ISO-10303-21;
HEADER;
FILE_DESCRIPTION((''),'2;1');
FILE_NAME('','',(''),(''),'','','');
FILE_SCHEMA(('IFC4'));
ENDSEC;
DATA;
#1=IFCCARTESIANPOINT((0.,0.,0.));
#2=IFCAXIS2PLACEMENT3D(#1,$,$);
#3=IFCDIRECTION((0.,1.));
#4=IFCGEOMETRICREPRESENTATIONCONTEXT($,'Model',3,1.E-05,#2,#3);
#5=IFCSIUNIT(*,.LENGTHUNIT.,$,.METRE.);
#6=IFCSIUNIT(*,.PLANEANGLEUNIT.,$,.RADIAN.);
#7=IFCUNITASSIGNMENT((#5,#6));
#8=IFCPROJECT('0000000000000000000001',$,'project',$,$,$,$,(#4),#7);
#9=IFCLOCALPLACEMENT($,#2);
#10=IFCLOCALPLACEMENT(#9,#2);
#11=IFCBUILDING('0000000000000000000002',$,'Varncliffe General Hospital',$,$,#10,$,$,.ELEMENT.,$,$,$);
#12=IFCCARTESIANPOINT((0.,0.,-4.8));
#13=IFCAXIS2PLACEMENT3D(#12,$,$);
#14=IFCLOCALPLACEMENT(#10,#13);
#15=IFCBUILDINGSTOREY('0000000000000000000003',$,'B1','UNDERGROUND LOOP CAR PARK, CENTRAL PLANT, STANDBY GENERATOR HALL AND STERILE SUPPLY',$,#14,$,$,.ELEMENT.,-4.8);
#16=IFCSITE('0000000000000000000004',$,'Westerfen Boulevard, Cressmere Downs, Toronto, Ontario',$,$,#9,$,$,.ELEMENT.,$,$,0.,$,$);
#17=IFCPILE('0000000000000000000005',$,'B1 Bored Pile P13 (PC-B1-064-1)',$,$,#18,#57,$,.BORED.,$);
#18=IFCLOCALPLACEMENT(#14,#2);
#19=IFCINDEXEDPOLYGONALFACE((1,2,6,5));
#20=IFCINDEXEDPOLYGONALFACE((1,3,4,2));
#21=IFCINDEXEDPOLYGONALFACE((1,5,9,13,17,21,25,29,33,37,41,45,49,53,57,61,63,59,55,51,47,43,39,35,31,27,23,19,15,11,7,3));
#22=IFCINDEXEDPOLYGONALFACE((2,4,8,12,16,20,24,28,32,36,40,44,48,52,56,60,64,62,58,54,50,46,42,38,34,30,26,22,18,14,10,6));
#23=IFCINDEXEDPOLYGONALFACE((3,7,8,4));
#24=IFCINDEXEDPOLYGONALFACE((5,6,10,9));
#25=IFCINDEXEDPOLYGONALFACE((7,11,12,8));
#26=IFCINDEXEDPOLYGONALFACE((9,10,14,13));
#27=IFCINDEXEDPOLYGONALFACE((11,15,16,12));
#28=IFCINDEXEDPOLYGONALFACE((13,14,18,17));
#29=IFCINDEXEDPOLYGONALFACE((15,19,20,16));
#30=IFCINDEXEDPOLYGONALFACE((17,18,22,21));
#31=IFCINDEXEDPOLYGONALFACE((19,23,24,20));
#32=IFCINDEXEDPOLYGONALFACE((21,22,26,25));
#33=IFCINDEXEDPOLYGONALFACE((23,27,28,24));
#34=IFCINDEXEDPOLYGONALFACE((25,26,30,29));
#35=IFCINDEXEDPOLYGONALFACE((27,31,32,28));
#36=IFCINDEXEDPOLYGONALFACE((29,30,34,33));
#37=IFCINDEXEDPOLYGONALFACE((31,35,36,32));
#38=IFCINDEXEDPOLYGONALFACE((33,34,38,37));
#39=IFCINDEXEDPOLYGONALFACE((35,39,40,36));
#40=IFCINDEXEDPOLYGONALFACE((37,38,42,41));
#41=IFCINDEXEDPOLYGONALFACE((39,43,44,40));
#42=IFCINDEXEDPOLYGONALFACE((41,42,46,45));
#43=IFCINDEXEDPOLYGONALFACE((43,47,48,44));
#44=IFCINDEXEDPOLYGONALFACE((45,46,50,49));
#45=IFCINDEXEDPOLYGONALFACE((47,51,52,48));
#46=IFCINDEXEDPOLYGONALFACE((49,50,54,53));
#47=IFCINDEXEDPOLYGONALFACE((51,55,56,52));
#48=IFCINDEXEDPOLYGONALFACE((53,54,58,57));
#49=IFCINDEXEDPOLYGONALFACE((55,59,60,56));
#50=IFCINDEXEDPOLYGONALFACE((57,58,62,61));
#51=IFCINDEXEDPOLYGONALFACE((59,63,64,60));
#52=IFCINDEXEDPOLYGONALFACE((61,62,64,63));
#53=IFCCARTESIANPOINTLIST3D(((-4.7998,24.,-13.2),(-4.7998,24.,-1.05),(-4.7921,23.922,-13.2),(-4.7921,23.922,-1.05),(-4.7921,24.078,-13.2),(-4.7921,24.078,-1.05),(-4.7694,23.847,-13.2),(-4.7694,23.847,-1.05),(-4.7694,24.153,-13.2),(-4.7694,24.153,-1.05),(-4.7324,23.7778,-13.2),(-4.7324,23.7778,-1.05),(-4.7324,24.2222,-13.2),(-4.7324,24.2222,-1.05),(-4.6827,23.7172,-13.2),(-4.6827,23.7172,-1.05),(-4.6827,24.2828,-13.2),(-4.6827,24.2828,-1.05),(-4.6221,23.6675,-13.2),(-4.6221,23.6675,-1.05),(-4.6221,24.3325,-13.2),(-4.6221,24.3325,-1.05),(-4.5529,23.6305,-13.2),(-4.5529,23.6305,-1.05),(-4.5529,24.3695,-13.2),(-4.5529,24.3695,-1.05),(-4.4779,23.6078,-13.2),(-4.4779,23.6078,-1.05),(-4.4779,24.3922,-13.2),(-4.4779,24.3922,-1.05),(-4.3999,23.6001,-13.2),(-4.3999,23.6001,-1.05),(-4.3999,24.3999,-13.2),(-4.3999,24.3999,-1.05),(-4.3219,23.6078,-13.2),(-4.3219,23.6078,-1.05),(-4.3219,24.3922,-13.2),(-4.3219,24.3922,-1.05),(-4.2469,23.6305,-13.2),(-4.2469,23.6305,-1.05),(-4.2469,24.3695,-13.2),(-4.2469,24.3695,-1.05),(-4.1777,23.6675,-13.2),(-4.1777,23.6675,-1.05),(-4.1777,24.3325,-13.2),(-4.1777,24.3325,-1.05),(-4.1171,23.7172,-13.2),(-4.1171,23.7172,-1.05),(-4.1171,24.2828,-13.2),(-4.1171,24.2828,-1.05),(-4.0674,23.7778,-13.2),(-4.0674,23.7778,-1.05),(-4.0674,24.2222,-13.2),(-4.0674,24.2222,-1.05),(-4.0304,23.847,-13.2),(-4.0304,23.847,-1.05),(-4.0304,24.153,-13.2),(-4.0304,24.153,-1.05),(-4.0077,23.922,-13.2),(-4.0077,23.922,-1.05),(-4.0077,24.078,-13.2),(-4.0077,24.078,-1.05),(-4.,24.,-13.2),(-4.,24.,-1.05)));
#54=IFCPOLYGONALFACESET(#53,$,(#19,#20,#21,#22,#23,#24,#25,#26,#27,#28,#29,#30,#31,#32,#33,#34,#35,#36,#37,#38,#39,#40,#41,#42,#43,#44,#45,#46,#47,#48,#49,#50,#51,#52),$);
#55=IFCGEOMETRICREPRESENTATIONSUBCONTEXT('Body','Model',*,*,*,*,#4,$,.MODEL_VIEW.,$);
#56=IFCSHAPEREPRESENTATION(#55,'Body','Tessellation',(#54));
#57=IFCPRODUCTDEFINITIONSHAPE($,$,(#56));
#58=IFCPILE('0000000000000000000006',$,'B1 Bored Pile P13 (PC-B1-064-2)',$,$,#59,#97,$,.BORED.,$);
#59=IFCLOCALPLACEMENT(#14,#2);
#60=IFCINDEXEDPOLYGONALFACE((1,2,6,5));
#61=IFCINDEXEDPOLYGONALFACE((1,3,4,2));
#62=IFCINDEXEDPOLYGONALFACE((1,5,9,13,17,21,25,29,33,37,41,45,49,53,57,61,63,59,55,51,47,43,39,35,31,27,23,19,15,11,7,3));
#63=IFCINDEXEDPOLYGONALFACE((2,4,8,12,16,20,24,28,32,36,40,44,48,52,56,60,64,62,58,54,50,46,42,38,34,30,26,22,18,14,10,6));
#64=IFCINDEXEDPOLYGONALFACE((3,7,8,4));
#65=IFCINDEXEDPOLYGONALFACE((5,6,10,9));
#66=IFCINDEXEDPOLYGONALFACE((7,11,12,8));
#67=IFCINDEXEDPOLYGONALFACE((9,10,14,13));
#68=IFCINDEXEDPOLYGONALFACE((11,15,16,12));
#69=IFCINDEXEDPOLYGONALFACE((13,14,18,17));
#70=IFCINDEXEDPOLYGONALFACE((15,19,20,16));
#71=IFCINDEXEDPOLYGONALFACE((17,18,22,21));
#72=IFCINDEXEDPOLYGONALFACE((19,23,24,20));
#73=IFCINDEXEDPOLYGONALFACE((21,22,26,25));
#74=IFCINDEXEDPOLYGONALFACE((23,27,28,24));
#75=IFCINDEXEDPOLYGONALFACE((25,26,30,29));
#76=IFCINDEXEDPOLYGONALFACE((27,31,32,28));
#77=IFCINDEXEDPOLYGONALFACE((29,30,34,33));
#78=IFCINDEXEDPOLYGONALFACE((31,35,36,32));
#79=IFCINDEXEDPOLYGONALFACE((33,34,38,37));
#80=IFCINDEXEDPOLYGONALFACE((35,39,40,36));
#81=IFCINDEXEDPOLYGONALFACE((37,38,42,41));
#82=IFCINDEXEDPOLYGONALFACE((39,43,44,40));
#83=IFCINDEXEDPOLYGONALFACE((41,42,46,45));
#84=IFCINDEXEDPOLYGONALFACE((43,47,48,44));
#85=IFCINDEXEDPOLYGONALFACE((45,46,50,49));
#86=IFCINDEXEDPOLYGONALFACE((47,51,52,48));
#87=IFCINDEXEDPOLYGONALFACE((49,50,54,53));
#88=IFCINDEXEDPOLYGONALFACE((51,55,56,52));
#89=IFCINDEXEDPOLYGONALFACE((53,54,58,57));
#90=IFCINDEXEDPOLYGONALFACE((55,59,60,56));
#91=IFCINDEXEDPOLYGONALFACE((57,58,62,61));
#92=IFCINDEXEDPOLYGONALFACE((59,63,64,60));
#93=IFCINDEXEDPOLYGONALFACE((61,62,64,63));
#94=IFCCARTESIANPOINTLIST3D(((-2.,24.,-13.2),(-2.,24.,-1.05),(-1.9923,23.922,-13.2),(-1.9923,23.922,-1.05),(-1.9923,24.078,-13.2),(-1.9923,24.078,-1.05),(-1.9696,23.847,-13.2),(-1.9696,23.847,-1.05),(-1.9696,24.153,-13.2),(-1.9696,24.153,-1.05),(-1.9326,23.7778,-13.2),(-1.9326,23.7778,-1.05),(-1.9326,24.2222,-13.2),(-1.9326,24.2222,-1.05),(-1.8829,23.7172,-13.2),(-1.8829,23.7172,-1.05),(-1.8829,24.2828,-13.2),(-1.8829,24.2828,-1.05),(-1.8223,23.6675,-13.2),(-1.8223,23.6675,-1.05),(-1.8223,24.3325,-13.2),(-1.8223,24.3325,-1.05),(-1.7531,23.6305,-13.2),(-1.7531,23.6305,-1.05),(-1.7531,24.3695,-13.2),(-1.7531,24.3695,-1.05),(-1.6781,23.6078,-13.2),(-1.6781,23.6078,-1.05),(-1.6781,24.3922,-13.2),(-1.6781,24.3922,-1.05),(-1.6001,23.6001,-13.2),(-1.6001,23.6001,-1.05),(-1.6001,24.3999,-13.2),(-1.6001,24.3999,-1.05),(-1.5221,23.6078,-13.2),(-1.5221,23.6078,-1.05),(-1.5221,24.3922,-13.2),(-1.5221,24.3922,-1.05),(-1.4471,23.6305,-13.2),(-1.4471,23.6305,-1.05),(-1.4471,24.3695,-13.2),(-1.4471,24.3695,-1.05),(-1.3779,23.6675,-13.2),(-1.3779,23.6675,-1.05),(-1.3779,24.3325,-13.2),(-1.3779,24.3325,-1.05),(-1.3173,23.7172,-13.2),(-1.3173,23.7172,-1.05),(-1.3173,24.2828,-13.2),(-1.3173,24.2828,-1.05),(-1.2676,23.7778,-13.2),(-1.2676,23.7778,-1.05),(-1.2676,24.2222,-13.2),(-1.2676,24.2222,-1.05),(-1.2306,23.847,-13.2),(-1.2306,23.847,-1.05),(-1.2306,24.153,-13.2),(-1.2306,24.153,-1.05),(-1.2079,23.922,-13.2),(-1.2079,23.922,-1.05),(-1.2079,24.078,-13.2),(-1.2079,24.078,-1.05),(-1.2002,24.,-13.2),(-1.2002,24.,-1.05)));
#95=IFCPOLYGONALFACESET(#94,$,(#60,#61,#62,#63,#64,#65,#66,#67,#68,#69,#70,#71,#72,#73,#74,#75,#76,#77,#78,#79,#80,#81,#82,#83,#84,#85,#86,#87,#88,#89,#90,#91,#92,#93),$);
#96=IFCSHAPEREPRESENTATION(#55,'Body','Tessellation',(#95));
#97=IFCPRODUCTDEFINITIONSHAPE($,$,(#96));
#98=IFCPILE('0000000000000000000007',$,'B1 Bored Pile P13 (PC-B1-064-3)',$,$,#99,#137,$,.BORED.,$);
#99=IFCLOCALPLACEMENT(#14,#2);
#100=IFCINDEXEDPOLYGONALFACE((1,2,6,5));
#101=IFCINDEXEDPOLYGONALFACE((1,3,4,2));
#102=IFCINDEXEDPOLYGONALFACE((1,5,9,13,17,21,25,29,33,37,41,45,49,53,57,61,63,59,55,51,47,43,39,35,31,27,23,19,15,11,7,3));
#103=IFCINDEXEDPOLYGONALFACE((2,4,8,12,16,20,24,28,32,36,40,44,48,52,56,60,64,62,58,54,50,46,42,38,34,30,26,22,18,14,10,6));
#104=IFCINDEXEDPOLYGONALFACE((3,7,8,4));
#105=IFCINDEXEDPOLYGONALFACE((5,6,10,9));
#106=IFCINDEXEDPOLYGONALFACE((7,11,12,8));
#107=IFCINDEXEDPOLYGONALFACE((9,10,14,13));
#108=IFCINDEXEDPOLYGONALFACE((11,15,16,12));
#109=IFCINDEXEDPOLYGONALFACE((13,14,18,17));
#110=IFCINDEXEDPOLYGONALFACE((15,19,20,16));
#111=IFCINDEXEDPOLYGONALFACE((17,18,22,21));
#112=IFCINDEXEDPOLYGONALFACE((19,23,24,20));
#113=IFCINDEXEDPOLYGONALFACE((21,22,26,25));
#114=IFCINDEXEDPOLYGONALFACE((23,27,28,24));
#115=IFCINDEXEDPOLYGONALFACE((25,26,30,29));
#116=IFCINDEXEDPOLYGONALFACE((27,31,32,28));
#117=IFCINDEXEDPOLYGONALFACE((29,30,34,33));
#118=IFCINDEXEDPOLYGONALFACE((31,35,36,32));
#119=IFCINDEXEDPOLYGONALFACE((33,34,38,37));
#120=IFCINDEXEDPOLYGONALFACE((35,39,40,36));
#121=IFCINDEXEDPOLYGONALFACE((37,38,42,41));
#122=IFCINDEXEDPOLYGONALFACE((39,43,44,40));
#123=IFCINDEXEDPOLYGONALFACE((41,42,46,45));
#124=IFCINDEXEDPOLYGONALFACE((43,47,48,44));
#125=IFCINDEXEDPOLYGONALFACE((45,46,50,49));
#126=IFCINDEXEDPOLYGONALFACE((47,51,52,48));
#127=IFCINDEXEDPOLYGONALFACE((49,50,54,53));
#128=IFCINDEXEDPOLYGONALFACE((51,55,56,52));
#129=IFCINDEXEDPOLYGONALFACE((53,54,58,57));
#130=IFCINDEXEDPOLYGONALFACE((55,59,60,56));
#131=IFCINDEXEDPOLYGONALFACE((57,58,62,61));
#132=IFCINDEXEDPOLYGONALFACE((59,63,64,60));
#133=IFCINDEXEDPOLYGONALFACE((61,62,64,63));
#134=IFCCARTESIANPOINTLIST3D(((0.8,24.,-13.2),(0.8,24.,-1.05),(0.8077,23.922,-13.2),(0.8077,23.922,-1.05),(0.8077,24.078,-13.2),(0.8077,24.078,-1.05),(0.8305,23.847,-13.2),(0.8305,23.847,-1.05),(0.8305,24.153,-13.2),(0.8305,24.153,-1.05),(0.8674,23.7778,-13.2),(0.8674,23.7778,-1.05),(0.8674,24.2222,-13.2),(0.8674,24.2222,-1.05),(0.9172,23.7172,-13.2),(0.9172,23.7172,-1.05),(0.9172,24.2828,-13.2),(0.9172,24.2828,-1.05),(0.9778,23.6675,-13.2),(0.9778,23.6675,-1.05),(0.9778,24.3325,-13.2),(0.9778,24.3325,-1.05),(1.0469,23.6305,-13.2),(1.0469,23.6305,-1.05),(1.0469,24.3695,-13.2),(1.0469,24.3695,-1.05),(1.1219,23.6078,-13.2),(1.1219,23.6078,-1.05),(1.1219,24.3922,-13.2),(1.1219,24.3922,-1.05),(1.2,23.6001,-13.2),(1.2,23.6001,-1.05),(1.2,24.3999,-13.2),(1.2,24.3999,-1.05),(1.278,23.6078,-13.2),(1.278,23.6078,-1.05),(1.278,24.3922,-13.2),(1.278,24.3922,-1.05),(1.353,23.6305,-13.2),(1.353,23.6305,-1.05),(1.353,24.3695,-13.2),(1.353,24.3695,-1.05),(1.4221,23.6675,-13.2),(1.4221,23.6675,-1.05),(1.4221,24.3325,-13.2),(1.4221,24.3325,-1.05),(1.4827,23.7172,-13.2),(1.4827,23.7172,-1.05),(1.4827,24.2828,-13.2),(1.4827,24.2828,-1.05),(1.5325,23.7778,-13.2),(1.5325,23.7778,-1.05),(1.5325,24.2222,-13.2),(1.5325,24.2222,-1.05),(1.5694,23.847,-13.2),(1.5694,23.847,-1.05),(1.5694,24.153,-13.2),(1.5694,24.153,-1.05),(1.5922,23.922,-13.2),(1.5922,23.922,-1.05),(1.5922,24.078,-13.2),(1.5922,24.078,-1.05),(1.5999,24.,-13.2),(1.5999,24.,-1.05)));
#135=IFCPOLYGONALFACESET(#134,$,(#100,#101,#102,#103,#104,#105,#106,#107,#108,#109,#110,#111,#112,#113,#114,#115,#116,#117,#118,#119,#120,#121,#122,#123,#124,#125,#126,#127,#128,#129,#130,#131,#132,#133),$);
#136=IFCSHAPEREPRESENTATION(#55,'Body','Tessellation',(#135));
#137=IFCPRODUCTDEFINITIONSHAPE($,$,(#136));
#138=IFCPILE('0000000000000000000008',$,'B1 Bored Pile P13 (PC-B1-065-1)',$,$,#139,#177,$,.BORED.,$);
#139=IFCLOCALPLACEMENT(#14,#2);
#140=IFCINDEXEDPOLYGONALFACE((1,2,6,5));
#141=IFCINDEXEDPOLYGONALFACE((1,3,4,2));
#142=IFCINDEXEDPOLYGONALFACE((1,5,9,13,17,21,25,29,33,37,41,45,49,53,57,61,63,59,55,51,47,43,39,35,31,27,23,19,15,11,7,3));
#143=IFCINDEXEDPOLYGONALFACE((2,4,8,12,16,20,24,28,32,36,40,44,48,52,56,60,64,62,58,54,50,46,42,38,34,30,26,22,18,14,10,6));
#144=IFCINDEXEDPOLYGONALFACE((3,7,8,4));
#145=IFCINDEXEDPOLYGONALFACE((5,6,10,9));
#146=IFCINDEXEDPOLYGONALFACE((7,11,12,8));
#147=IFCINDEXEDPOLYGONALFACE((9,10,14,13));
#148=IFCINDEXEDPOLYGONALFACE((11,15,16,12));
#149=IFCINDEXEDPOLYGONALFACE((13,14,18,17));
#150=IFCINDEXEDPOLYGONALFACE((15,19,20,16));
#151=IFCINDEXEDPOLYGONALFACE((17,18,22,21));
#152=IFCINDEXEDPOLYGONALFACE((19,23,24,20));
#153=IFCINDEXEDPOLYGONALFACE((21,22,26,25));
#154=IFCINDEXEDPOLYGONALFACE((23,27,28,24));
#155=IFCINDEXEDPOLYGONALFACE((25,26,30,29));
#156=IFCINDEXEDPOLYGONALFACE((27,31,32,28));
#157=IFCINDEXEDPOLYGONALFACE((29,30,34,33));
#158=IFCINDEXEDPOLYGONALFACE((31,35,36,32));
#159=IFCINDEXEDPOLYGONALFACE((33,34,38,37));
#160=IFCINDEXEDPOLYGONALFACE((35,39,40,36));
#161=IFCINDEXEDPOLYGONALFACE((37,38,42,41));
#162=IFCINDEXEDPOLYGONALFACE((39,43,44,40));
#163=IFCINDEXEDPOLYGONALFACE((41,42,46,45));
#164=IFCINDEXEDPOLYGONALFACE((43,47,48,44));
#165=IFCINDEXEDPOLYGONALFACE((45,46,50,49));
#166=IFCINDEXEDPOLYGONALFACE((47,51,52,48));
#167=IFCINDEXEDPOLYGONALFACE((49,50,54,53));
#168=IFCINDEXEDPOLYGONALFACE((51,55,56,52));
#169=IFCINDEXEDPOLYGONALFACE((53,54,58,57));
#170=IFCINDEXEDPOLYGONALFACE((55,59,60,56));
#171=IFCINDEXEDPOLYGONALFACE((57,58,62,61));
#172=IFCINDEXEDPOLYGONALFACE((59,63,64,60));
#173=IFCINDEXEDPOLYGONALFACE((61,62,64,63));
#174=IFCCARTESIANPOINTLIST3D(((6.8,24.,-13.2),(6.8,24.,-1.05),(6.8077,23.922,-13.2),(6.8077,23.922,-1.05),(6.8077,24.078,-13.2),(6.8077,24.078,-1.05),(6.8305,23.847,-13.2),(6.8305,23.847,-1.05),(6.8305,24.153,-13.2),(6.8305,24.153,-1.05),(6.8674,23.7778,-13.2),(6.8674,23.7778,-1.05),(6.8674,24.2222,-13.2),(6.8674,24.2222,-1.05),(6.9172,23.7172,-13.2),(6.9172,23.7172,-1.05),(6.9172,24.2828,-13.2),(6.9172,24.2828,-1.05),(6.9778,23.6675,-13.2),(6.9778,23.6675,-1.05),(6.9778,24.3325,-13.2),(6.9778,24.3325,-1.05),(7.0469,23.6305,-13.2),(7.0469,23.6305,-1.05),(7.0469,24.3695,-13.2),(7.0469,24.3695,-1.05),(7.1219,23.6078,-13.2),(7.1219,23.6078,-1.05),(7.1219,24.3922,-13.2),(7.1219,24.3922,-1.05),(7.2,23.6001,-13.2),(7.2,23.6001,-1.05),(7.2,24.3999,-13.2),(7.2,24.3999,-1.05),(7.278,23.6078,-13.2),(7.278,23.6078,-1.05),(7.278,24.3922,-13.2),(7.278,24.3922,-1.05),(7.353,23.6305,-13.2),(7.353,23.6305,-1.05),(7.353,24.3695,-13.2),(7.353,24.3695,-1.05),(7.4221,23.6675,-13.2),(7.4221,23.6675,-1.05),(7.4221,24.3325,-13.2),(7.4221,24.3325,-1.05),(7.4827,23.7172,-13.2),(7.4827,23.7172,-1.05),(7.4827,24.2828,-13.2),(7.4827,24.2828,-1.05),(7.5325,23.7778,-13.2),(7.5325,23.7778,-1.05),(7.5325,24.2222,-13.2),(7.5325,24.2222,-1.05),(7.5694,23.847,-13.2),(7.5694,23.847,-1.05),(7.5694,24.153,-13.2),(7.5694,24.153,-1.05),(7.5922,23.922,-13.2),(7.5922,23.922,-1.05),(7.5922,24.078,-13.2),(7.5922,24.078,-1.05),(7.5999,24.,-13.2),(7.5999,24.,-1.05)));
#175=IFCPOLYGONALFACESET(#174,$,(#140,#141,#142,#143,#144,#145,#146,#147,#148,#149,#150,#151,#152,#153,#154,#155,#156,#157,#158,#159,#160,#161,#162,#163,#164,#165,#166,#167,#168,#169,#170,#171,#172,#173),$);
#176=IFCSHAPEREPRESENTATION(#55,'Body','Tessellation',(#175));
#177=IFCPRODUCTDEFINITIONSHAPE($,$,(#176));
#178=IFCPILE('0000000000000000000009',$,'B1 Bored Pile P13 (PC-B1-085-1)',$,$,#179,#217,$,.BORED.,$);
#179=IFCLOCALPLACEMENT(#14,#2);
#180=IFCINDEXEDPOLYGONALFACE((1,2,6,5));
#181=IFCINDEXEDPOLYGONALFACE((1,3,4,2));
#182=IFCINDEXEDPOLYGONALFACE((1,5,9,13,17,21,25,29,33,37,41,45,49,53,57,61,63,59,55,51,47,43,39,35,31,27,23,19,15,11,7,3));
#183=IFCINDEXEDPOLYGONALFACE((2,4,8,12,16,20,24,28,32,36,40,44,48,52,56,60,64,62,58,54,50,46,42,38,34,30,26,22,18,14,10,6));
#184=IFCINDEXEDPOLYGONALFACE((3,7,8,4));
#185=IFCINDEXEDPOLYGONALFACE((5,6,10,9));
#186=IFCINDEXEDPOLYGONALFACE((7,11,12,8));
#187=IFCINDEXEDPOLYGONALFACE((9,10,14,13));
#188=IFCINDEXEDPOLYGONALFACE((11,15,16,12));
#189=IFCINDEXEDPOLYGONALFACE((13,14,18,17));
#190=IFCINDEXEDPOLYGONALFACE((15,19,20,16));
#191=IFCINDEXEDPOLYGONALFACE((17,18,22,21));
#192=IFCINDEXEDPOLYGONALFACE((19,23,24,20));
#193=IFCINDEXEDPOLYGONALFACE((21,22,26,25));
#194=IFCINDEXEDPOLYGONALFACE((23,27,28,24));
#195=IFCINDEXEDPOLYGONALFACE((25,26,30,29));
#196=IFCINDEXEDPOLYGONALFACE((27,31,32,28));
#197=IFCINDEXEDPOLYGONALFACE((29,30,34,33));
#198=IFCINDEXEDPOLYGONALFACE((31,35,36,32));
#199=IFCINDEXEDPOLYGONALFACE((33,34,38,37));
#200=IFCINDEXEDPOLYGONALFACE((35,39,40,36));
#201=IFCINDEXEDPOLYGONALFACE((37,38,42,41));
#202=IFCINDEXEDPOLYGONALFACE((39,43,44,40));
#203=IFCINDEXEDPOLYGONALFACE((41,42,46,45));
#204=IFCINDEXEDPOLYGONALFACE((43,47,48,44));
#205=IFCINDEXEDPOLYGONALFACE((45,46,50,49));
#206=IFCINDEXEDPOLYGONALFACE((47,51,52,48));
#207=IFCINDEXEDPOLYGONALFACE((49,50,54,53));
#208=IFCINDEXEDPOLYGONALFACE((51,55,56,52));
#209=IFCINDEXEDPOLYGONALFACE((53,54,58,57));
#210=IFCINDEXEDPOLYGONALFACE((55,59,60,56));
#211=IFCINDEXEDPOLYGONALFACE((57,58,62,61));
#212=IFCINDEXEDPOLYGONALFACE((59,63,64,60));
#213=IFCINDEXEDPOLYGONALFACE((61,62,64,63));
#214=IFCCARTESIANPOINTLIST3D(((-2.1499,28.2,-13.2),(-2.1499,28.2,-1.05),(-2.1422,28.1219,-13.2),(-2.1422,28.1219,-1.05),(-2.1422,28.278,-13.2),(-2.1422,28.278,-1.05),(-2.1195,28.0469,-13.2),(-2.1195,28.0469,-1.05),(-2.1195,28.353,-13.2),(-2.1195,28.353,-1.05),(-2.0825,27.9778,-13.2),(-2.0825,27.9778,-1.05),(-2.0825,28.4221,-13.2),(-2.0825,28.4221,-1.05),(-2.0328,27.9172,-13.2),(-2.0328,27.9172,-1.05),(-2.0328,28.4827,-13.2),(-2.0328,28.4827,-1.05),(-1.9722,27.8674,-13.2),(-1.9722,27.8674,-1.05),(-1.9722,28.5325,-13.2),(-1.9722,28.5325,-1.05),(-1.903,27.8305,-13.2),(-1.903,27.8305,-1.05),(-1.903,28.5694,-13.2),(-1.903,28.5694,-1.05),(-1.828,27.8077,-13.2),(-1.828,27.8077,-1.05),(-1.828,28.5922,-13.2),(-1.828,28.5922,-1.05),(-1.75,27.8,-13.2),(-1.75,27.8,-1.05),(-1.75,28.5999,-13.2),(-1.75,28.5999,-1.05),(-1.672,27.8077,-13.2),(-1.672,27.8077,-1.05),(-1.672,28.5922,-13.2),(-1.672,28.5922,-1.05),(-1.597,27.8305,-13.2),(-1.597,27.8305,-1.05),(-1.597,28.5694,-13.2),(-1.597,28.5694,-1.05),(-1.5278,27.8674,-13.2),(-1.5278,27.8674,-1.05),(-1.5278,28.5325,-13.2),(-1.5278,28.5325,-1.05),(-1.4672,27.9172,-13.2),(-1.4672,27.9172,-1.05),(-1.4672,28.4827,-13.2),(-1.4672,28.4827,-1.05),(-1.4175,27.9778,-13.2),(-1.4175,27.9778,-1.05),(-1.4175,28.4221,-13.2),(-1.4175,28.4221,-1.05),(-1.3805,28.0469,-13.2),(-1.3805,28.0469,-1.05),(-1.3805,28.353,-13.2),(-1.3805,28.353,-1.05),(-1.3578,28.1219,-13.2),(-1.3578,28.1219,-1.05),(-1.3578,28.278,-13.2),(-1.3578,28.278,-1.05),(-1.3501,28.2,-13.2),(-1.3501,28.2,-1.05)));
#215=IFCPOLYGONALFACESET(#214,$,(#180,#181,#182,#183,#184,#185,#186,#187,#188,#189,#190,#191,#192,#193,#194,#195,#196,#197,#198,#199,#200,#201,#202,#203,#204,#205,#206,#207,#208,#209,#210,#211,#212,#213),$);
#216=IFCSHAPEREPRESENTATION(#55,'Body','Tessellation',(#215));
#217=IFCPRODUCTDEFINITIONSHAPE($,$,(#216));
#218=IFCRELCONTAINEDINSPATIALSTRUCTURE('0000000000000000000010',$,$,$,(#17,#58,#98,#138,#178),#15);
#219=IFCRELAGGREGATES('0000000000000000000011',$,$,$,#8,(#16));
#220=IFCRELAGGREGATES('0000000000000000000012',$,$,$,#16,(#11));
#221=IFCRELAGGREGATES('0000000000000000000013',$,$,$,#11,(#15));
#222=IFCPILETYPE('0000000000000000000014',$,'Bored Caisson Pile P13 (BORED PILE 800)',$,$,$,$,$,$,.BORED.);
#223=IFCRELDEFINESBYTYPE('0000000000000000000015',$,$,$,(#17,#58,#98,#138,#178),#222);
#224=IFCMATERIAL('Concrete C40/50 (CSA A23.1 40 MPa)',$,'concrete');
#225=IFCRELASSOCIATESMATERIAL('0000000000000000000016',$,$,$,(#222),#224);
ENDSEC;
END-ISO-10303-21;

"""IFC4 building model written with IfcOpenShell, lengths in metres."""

from ifc_helpers import new_model, si_unit, direction, frame, origin, origin_2d, place, context, subcontext, project, spatial, circle, extrude, material, material_profile, profile_set, type_object, element, save


model = new_model("IFC4")

# Units and contexts
model_context = context("Model", 3, precision=1e-05, world=origin(), true_north=direction((0.0, 1.0)))
body_context = subcontext(model_context, "Body", "Model", "MODEL_VIEW")
ifc_project = project(units=[si_unit("LENGTHUNIT", "METRE"), si_unit("PLANEANGLEUNIT", "RADIAN")], contexts=[model_context])

# Site, building, storey
site_placement = place(None, origin())
site = spatial("IfcSite", under=ifc_project, at=site_placement, Name="Westerfen Boulevard, Cressmere Downs, Toronto, Ontario", CompositionType="ELEMENT", RefElevation=0.0)
building_placement = place(site_placement, origin())
building = spatial("IfcBuilding", under=site, at=building_placement, Name="Varncliffe General Hospital", CompositionType="ELEMENT")
storey_placement = place(building_placement, frame((0.0, 0.0, -4.8)))
storey = spatial("IfcBuildingStorey", under=building, at=storey_placement, Name="B1", Description="UNDERGROUND LOOP CAR PARK, CENTRAL PLANT, STANDBY GENERATOR HALL AND STERILE SUPPLY", CompositionType="ELEMENT", Elevation=-4.8)

# Piles
ifc_material_1 = material(Name="Concrete C40/50 (CSA A23.1 40 MPa)", Category="concrete")
ifc_material_profile_1 = material_profile(ifc_material_1, circle(Radius=0.3999, at=origin_2d()), Name="BORED PILE 800")
ifc_profile_set_1 = profile_set([ifc_material_profile_1], Name="Concrete C40/50 (CSA A23.1 40 MPa)")
pile_type = type_object("IfcPileType", Name="Bored Caisson Pile P13 (BORED PILE 800)", PredefinedType="BORED", material=ifc_profile_set_1)
for number, where, z_axis, x_axis, name in (
    (1, (-4.3999, 24.0, -1.05), (0.0, 0.0, -1.0), (1.0, 0.0, 0.0), "B1 Bored Pile P13 (PC-B1-064-1)"),
    (2, (-1.6001, 24.0, -1.05), (0.0, 0.0, -1.0), (1.0, 0.0, 0.0), "B1 Bored Pile P13 (PC-B1-064-2)"),
    (3, (1.2, 24.0, -1.05), (0.0, 0.0, -1.0), (1.0, 0.0, 0.0), "B1 Bored Pile P13 (PC-B1-064-3)"),
    (4, (7.2, 24.0, -1.05), (0.0, 0.0, -1.0), (1.0, 0.0, 0.0), "B1 Bored Pile P13 (PC-B1-065-1)"),
    (5, (-1.75, 28.2, -1.05), (0.0, 0.0, -1.0), (1.0, 0.0, 0.0), "B1 Bored Pile P13 (PC-B1-085-1)"),
):
    element("IfcPile", number, at=place(storey_placement, frame(where, z_axis=z_axis, x_axis=x_axis)), inside=storey, type_object=pile_type, Name=name, PredefinedType="BORED", context=body_context, shape_type="SweptSolid", body=[
        extrude(circle(Radius=0.3999, at=origin_2d()), origin(), (0.0, 0.0, 1.0), 12.1499),
    ])

save(model, "model.ifc")
